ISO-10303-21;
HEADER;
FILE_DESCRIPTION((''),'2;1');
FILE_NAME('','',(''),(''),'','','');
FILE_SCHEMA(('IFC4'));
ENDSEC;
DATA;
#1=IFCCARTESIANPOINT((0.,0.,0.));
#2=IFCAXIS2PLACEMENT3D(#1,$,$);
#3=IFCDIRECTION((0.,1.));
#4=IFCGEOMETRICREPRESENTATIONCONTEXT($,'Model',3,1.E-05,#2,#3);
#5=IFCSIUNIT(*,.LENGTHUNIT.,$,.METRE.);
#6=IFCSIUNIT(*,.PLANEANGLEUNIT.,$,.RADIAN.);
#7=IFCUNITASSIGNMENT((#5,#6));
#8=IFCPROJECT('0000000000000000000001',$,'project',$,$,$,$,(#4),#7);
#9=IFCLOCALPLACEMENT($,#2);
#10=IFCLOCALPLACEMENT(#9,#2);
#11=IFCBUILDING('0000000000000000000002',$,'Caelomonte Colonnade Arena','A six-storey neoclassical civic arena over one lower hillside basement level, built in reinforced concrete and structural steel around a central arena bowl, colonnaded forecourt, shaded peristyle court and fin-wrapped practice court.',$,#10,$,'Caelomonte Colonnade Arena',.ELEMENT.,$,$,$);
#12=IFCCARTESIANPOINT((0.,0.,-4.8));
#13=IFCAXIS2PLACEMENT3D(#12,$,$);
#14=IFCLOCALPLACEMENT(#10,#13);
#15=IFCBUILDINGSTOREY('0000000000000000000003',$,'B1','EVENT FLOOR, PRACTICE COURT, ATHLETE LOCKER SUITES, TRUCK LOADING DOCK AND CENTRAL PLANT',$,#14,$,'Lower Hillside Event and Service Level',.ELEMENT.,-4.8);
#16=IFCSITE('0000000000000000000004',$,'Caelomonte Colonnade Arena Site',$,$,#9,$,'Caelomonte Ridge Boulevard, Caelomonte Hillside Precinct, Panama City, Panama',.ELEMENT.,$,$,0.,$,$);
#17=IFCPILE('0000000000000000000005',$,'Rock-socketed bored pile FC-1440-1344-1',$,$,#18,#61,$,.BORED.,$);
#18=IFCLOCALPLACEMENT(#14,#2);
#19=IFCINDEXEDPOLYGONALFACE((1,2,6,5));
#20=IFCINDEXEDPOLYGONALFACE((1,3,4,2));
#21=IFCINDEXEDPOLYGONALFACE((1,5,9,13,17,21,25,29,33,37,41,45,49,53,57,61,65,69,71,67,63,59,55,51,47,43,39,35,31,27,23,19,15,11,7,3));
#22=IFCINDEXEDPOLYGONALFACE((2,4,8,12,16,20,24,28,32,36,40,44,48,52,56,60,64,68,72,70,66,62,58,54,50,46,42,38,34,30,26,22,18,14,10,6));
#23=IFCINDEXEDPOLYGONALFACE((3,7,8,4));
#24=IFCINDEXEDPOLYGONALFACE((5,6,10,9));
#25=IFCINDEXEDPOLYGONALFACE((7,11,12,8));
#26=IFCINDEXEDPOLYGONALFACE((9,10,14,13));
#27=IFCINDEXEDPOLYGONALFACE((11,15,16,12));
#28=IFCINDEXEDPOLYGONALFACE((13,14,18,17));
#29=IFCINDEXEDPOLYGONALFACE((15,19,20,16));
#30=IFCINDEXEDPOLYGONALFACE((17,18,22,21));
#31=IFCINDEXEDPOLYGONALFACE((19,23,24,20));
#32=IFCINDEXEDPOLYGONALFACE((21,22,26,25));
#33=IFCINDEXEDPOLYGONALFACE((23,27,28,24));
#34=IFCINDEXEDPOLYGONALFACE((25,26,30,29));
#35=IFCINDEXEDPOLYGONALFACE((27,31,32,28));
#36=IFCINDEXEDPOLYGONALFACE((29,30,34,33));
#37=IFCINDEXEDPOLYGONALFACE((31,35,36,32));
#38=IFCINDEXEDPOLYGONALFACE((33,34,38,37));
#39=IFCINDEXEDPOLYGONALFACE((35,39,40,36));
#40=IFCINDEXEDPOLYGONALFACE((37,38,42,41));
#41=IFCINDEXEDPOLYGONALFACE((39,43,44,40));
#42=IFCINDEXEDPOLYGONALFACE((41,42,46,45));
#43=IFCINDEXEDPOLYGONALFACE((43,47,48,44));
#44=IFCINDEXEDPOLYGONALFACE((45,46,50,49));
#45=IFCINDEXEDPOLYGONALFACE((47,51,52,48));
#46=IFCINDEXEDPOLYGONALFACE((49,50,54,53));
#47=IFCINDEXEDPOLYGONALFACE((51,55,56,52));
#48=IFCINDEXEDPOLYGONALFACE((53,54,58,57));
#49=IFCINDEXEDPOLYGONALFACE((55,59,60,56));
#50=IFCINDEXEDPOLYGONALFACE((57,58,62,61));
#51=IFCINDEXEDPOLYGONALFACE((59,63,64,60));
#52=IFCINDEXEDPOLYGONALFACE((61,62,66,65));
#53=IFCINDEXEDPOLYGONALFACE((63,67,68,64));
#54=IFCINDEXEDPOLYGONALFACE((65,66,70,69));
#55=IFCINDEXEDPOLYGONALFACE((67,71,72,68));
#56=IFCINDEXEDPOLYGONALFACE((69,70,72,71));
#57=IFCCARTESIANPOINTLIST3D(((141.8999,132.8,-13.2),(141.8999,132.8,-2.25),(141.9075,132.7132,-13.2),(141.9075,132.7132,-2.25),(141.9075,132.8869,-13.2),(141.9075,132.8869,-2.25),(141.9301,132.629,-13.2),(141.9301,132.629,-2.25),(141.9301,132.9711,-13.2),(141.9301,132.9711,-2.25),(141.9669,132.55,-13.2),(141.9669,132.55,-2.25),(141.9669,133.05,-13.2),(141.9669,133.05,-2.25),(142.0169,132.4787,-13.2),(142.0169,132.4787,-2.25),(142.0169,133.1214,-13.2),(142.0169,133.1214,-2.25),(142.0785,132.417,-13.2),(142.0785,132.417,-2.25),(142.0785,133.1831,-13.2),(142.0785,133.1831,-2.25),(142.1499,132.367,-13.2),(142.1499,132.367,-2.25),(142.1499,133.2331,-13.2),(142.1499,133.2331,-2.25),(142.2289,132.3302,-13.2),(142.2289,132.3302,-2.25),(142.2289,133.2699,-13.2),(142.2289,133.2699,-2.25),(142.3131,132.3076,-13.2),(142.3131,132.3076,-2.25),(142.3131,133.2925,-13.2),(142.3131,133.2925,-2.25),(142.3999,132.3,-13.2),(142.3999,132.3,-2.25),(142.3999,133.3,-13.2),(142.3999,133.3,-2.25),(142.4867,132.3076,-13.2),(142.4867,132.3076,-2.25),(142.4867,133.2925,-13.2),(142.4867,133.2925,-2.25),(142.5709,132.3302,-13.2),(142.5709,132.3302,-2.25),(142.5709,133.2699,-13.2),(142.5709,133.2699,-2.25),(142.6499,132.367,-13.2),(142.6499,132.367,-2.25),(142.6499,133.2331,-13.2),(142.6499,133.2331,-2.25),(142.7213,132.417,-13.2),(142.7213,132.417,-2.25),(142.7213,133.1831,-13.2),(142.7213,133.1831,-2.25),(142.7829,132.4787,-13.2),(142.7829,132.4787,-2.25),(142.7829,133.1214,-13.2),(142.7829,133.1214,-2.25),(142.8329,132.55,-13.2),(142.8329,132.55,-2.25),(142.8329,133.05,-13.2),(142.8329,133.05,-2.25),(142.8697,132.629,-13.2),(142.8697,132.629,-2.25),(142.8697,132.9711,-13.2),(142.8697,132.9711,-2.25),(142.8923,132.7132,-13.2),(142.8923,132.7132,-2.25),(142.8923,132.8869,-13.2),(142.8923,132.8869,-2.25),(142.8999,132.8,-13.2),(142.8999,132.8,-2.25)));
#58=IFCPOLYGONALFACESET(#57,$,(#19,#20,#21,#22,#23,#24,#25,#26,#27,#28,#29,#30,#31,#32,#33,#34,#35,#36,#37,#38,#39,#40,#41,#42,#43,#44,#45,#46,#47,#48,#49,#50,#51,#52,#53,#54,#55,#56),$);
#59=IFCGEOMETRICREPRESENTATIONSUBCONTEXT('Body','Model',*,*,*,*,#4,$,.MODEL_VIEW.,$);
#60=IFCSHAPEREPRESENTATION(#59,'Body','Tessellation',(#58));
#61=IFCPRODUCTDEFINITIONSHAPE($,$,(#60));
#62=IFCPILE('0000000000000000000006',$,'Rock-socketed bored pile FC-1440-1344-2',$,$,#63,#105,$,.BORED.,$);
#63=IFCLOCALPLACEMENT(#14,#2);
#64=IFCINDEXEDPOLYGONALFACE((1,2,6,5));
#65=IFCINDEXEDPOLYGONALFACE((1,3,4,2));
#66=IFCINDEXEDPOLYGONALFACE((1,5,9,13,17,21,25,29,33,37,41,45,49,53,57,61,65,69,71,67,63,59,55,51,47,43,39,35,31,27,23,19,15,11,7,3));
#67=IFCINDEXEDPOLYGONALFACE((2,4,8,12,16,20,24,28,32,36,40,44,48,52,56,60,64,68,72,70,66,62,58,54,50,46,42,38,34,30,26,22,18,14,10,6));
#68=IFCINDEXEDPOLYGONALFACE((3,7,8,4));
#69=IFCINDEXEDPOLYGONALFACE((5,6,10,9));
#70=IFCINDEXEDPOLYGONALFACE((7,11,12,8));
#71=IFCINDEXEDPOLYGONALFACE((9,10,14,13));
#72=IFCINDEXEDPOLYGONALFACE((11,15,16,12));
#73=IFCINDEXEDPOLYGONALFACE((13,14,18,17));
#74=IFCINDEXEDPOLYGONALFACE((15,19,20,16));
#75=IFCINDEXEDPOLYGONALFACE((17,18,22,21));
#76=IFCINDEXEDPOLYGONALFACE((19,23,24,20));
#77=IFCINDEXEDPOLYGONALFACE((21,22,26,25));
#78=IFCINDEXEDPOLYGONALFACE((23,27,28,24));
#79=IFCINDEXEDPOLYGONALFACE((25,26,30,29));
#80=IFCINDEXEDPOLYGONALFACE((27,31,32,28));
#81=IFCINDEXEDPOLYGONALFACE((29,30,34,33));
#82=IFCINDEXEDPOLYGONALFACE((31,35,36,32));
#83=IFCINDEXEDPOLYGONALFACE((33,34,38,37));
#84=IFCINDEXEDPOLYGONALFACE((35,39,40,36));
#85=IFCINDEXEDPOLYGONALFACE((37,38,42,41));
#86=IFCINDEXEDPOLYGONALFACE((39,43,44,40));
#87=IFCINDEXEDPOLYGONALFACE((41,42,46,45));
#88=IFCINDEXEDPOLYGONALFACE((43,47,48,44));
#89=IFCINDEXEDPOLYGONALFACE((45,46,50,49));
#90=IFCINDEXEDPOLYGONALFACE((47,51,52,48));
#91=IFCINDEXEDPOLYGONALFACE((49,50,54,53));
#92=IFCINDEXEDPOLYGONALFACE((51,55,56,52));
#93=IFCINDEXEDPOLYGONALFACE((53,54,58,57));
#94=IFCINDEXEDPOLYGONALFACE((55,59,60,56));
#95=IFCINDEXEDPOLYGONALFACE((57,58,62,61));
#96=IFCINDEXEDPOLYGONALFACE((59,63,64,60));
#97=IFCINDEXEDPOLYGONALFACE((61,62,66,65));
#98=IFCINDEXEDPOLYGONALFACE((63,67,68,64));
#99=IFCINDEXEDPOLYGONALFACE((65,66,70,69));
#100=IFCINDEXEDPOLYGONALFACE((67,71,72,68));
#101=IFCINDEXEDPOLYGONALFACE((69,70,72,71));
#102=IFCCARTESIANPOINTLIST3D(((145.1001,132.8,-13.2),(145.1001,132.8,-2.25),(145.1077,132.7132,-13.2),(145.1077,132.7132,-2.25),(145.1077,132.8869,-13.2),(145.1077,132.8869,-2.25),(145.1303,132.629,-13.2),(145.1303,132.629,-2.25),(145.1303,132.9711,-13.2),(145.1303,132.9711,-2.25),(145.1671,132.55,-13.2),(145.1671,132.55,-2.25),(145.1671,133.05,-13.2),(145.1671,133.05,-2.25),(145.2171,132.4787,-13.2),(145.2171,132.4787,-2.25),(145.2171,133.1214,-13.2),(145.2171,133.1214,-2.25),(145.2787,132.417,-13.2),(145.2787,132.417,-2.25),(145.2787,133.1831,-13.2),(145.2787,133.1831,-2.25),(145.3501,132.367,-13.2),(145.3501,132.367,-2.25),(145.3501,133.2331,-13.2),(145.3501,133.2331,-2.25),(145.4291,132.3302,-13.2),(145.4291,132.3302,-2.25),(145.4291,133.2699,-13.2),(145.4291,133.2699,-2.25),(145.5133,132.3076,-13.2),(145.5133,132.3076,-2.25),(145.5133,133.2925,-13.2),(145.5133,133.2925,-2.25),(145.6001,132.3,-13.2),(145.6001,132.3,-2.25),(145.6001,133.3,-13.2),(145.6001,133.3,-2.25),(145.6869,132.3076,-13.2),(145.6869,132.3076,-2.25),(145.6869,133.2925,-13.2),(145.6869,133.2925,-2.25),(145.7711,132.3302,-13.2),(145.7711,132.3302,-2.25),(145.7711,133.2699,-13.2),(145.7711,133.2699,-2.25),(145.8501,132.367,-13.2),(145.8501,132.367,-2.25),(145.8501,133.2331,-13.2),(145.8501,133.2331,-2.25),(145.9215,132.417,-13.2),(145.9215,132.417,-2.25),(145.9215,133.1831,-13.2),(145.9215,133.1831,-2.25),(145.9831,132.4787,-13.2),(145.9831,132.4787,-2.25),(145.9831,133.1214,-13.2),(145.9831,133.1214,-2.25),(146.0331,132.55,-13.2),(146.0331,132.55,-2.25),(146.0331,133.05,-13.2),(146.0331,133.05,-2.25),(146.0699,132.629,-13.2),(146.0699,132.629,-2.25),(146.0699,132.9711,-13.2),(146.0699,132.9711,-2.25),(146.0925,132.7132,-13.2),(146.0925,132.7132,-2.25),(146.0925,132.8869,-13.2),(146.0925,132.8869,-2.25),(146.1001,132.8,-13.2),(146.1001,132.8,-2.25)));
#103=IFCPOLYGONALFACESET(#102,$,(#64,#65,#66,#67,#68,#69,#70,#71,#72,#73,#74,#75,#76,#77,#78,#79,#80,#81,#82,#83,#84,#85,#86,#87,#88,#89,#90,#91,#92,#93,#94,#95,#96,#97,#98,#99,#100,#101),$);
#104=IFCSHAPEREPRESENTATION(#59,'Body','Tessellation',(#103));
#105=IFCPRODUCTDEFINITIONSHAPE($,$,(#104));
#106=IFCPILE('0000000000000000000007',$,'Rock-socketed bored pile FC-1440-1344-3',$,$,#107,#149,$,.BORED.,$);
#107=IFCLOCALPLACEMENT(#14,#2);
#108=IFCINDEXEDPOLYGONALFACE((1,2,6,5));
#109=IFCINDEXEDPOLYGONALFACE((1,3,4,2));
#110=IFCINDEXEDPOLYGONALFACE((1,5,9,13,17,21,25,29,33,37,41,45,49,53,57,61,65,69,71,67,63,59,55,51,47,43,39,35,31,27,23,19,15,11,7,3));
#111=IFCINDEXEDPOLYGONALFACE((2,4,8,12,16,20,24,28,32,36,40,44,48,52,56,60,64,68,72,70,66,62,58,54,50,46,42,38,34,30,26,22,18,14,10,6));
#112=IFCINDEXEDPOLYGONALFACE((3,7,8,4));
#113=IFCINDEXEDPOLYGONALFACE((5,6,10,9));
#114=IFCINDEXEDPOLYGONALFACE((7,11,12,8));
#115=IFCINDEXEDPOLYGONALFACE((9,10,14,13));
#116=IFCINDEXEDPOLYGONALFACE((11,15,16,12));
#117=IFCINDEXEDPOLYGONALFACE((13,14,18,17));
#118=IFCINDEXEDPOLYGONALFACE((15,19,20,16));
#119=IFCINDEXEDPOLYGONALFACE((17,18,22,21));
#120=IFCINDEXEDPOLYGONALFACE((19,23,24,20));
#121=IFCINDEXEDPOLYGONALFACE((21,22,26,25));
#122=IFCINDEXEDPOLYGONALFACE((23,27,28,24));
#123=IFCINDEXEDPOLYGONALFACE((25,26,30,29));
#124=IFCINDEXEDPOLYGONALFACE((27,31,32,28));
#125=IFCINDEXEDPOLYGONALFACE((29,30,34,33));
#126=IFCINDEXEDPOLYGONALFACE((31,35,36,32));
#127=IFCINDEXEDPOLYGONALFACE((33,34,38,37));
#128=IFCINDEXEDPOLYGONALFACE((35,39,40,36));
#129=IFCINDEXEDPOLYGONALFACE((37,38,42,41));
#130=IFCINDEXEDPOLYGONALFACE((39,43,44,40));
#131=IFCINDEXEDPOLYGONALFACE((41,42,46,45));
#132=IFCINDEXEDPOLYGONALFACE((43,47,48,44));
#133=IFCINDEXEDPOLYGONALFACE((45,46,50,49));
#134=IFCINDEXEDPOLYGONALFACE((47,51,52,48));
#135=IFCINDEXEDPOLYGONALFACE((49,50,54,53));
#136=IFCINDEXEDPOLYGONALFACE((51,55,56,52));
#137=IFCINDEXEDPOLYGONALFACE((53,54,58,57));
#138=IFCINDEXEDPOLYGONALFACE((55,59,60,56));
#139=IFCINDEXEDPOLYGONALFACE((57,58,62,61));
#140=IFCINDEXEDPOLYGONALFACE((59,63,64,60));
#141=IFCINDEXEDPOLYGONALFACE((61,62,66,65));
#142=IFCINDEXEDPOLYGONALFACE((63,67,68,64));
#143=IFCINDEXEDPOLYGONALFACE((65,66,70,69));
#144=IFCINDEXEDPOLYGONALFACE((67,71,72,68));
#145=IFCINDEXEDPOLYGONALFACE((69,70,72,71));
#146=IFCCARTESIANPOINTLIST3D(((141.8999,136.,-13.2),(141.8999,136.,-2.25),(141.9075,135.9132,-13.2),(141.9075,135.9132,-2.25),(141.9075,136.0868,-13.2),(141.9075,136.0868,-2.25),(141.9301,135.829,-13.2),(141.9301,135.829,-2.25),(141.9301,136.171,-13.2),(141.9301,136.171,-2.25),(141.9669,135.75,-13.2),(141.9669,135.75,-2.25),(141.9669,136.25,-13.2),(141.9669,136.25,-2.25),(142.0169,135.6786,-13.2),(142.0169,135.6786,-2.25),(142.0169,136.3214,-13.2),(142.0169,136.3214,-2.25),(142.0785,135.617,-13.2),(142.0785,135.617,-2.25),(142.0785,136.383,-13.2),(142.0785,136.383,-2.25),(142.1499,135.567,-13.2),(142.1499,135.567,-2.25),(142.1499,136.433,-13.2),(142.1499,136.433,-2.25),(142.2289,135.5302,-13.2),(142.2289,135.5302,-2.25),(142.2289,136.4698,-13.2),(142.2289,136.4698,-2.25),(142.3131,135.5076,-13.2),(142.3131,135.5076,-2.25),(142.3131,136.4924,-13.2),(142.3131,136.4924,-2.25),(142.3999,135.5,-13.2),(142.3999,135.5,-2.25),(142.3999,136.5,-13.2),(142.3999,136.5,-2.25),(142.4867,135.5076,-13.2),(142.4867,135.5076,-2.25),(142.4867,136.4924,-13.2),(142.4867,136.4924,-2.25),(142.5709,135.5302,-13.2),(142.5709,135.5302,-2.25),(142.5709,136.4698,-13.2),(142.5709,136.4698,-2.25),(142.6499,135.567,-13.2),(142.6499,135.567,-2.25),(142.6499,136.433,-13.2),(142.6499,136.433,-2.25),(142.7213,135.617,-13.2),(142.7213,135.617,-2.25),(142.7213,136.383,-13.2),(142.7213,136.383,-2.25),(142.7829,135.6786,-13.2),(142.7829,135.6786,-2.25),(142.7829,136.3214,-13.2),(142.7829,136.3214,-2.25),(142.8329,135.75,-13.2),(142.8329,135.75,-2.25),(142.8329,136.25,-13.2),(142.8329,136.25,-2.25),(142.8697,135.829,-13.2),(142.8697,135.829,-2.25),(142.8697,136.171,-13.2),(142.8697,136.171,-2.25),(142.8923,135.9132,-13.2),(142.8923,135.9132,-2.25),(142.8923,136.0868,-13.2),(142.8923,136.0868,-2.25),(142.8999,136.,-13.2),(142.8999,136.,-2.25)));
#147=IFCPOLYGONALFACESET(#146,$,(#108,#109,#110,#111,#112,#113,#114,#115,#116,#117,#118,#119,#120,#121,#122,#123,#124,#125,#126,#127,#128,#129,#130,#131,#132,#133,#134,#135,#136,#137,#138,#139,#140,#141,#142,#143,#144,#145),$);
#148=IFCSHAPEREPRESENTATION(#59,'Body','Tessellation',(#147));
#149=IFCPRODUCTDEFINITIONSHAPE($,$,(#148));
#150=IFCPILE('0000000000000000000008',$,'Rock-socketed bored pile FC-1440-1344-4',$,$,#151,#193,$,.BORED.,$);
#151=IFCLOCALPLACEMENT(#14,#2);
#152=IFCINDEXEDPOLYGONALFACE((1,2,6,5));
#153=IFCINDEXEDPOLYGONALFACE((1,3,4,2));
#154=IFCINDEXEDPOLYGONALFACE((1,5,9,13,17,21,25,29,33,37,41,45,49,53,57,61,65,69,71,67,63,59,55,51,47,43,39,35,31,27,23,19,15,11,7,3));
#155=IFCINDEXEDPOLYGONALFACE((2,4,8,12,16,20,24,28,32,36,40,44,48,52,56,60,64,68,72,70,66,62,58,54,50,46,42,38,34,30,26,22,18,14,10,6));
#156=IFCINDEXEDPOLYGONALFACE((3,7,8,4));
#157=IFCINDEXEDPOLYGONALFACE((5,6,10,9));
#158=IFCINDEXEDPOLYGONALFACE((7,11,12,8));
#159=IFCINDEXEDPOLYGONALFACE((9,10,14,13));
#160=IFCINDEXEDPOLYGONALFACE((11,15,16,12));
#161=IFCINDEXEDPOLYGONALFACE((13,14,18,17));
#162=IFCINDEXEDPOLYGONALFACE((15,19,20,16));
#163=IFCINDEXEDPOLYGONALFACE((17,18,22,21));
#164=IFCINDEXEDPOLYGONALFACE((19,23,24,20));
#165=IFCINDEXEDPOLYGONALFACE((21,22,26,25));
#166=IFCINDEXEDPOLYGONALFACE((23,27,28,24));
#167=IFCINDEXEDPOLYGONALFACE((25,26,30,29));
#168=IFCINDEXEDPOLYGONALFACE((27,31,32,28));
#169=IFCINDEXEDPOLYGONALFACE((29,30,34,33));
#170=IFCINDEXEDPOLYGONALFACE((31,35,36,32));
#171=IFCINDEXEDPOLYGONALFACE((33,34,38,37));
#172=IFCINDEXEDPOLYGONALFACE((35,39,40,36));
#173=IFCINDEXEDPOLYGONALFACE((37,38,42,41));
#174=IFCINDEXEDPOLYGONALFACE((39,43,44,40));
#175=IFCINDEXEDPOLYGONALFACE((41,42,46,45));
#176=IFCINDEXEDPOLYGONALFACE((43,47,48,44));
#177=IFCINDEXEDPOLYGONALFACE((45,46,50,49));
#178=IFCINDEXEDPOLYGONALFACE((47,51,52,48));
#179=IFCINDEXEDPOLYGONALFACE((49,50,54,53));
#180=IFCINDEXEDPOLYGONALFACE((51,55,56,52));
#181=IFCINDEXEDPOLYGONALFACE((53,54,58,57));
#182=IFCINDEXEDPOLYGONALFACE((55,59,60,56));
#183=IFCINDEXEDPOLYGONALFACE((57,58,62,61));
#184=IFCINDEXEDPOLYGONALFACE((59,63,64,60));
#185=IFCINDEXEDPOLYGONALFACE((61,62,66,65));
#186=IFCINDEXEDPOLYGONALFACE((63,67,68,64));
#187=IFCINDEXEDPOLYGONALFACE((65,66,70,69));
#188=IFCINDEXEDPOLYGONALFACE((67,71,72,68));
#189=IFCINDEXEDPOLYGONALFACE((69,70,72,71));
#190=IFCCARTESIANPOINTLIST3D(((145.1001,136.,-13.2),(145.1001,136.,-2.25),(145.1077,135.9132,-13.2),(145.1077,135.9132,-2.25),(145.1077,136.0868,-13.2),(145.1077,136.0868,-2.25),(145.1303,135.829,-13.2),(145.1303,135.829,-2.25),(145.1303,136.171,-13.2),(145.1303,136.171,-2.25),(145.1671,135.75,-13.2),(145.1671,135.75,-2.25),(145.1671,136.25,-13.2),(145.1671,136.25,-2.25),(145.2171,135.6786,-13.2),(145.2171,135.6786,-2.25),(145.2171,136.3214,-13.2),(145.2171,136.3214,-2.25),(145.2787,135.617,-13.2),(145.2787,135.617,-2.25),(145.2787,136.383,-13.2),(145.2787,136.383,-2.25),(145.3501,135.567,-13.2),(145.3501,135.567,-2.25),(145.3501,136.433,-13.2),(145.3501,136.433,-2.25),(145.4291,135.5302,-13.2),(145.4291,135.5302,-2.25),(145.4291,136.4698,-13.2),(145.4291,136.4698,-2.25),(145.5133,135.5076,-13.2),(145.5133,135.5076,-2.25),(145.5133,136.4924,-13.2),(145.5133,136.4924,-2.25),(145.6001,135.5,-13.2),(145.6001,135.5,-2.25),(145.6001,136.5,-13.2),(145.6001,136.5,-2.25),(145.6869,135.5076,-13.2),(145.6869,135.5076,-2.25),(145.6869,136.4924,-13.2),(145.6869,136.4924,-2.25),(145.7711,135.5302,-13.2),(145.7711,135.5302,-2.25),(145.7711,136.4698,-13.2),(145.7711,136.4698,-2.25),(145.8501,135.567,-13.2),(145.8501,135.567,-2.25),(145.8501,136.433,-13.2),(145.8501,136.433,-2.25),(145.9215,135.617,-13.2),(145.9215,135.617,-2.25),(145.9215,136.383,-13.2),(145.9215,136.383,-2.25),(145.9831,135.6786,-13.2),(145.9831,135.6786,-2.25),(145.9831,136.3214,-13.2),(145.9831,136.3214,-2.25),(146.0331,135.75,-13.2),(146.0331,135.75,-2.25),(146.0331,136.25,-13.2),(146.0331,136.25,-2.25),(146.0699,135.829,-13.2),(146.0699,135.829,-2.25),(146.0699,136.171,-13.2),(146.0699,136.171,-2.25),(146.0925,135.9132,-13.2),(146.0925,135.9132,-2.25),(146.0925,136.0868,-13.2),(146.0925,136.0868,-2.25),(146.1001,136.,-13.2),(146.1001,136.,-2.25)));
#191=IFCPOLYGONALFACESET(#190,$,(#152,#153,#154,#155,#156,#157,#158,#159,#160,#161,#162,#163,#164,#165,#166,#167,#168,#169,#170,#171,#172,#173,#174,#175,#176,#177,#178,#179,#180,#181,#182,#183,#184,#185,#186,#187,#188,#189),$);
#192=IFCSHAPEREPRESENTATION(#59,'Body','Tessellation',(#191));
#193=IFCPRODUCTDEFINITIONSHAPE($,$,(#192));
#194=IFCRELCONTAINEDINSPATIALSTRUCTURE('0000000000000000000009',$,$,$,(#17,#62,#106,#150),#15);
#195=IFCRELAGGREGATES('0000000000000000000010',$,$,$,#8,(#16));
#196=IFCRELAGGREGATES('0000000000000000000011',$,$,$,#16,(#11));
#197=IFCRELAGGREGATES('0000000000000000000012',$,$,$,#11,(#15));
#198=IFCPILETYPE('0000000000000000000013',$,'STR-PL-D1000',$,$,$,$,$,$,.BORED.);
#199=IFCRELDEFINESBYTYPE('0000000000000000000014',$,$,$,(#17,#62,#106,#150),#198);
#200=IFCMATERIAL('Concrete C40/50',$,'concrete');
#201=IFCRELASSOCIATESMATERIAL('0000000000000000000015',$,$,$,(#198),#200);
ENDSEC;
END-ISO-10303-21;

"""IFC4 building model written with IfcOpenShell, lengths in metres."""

from ifc_helpers import new_model, si_unit, direction, frame, origin, origin_2d, place, context, subcontext, project, spatial, circle, extrude, material, material_profile, profile_set, type_object, element, save


model = new_model("IFC4")

# Units and contexts
model_context = context("Model", 3, precision=1e-05, world=origin(), true_north=direction((0.0, 1.0)))
body_context = subcontext(model_context, "Body", "Model", "MODEL_VIEW")
ifc_project = project(units=[si_unit("LENGTHUNIT", "METRE"), si_unit("PLANEANGLEUNIT", "RADIAN")], contexts=[model_context])

# Site, building, storey
site_placement = place(None, origin())
site = spatial("IfcSite", under=ifc_project, at=site_placement, Name="Caelomonte Colonnade Arena Site", LongName="Caelomonte Ridge Boulevard, Caelomonte Hillside Precinct, Panama City, Panama", CompositionType="ELEMENT", RefElevation=0.0)
building_placement = place(site_placement, origin())
building = spatial("IfcBuilding", under=site, at=building_placement, Name="Caelomonte Colonnade Arena", Description="A six-storey neoclassical civic arena over one lower hillside basement level, built in reinforced concrete and structural steel around a central arena bowl, colonnaded forecourt, shaded peristyle court and fin-wrapped practice court.", LongName="Caelomonte Colonnade Arena", CompositionType="ELEMENT")
storey_placement = place(building_placement, frame((0.0, 0.0, -4.8)))
storey = spatial("IfcBuildingStorey", under=building, at=storey_placement, Name="B1", Description="EVENT FLOOR, PRACTICE COURT, ATHLETE LOCKER SUITES, TRUCK LOADING DOCK AND CENTRAL PLANT", LongName="Lower Hillside Event and Service Level", CompositionType="ELEMENT", Elevation=-4.8)

# Shared definitions
ifc_material_1 = material(Name="Concrete C40/50", Category="concrete")

# Piles
ifc_material_profile_1 = material_profile(ifc_material_1, circle(Radius=0.5, at=origin_2d()), Name="PILE-D1000")
ifc_profile_set_1 = profile_set([ifc_material_profile_1], Name="Concrete C40/50")
pile_type_1 = type_object("IfcPileType", Name="STR-PL-D1000", PredefinedType="BORED", material=ifc_profile_set_1)
for number, where, z_axis, x_axis, name in (
    (1, (142.3999, 132.8, -2.25), (0.0, 0.0, -1.0), (1.0, 0.0, 0.0), "Rock-socketed bored pile FC-1440-1344-1"),
    (2, (145.6001, 132.8, -2.25), (0.0, 0.0, -1.0), (1.0, 0.0, 0.0), "Rock-socketed bored pile FC-1440-1344-2"),
    (3, (142.3999, 136.0, -2.25), (0.0, 0.0, -1.0), (1.0, 0.0, 0.0), "Rock-socketed bored pile FC-1440-1344-3"),
    (4, (145.6001, 136.0, -2.25), (0.0, 0.0, -1.0), (1.0, 0.0, 0.0), "Rock-socketed bored pile FC-1440-1344-4"),
):
    element("IfcPile", number, at=place(storey_placement, frame(where, z_axis=z_axis, x_axis=x_axis)), inside=storey, type_object=pile_type_1, Name=name, PredefinedType="BORED", context=body_context, shape_type="SweptSolid", body=[
        extrude(circle(Radius=0.5, at=origin_2d()), origin(), (0.0, 0.0, 1.0), 10.95),
    ])

save(model, "model.ifc")
